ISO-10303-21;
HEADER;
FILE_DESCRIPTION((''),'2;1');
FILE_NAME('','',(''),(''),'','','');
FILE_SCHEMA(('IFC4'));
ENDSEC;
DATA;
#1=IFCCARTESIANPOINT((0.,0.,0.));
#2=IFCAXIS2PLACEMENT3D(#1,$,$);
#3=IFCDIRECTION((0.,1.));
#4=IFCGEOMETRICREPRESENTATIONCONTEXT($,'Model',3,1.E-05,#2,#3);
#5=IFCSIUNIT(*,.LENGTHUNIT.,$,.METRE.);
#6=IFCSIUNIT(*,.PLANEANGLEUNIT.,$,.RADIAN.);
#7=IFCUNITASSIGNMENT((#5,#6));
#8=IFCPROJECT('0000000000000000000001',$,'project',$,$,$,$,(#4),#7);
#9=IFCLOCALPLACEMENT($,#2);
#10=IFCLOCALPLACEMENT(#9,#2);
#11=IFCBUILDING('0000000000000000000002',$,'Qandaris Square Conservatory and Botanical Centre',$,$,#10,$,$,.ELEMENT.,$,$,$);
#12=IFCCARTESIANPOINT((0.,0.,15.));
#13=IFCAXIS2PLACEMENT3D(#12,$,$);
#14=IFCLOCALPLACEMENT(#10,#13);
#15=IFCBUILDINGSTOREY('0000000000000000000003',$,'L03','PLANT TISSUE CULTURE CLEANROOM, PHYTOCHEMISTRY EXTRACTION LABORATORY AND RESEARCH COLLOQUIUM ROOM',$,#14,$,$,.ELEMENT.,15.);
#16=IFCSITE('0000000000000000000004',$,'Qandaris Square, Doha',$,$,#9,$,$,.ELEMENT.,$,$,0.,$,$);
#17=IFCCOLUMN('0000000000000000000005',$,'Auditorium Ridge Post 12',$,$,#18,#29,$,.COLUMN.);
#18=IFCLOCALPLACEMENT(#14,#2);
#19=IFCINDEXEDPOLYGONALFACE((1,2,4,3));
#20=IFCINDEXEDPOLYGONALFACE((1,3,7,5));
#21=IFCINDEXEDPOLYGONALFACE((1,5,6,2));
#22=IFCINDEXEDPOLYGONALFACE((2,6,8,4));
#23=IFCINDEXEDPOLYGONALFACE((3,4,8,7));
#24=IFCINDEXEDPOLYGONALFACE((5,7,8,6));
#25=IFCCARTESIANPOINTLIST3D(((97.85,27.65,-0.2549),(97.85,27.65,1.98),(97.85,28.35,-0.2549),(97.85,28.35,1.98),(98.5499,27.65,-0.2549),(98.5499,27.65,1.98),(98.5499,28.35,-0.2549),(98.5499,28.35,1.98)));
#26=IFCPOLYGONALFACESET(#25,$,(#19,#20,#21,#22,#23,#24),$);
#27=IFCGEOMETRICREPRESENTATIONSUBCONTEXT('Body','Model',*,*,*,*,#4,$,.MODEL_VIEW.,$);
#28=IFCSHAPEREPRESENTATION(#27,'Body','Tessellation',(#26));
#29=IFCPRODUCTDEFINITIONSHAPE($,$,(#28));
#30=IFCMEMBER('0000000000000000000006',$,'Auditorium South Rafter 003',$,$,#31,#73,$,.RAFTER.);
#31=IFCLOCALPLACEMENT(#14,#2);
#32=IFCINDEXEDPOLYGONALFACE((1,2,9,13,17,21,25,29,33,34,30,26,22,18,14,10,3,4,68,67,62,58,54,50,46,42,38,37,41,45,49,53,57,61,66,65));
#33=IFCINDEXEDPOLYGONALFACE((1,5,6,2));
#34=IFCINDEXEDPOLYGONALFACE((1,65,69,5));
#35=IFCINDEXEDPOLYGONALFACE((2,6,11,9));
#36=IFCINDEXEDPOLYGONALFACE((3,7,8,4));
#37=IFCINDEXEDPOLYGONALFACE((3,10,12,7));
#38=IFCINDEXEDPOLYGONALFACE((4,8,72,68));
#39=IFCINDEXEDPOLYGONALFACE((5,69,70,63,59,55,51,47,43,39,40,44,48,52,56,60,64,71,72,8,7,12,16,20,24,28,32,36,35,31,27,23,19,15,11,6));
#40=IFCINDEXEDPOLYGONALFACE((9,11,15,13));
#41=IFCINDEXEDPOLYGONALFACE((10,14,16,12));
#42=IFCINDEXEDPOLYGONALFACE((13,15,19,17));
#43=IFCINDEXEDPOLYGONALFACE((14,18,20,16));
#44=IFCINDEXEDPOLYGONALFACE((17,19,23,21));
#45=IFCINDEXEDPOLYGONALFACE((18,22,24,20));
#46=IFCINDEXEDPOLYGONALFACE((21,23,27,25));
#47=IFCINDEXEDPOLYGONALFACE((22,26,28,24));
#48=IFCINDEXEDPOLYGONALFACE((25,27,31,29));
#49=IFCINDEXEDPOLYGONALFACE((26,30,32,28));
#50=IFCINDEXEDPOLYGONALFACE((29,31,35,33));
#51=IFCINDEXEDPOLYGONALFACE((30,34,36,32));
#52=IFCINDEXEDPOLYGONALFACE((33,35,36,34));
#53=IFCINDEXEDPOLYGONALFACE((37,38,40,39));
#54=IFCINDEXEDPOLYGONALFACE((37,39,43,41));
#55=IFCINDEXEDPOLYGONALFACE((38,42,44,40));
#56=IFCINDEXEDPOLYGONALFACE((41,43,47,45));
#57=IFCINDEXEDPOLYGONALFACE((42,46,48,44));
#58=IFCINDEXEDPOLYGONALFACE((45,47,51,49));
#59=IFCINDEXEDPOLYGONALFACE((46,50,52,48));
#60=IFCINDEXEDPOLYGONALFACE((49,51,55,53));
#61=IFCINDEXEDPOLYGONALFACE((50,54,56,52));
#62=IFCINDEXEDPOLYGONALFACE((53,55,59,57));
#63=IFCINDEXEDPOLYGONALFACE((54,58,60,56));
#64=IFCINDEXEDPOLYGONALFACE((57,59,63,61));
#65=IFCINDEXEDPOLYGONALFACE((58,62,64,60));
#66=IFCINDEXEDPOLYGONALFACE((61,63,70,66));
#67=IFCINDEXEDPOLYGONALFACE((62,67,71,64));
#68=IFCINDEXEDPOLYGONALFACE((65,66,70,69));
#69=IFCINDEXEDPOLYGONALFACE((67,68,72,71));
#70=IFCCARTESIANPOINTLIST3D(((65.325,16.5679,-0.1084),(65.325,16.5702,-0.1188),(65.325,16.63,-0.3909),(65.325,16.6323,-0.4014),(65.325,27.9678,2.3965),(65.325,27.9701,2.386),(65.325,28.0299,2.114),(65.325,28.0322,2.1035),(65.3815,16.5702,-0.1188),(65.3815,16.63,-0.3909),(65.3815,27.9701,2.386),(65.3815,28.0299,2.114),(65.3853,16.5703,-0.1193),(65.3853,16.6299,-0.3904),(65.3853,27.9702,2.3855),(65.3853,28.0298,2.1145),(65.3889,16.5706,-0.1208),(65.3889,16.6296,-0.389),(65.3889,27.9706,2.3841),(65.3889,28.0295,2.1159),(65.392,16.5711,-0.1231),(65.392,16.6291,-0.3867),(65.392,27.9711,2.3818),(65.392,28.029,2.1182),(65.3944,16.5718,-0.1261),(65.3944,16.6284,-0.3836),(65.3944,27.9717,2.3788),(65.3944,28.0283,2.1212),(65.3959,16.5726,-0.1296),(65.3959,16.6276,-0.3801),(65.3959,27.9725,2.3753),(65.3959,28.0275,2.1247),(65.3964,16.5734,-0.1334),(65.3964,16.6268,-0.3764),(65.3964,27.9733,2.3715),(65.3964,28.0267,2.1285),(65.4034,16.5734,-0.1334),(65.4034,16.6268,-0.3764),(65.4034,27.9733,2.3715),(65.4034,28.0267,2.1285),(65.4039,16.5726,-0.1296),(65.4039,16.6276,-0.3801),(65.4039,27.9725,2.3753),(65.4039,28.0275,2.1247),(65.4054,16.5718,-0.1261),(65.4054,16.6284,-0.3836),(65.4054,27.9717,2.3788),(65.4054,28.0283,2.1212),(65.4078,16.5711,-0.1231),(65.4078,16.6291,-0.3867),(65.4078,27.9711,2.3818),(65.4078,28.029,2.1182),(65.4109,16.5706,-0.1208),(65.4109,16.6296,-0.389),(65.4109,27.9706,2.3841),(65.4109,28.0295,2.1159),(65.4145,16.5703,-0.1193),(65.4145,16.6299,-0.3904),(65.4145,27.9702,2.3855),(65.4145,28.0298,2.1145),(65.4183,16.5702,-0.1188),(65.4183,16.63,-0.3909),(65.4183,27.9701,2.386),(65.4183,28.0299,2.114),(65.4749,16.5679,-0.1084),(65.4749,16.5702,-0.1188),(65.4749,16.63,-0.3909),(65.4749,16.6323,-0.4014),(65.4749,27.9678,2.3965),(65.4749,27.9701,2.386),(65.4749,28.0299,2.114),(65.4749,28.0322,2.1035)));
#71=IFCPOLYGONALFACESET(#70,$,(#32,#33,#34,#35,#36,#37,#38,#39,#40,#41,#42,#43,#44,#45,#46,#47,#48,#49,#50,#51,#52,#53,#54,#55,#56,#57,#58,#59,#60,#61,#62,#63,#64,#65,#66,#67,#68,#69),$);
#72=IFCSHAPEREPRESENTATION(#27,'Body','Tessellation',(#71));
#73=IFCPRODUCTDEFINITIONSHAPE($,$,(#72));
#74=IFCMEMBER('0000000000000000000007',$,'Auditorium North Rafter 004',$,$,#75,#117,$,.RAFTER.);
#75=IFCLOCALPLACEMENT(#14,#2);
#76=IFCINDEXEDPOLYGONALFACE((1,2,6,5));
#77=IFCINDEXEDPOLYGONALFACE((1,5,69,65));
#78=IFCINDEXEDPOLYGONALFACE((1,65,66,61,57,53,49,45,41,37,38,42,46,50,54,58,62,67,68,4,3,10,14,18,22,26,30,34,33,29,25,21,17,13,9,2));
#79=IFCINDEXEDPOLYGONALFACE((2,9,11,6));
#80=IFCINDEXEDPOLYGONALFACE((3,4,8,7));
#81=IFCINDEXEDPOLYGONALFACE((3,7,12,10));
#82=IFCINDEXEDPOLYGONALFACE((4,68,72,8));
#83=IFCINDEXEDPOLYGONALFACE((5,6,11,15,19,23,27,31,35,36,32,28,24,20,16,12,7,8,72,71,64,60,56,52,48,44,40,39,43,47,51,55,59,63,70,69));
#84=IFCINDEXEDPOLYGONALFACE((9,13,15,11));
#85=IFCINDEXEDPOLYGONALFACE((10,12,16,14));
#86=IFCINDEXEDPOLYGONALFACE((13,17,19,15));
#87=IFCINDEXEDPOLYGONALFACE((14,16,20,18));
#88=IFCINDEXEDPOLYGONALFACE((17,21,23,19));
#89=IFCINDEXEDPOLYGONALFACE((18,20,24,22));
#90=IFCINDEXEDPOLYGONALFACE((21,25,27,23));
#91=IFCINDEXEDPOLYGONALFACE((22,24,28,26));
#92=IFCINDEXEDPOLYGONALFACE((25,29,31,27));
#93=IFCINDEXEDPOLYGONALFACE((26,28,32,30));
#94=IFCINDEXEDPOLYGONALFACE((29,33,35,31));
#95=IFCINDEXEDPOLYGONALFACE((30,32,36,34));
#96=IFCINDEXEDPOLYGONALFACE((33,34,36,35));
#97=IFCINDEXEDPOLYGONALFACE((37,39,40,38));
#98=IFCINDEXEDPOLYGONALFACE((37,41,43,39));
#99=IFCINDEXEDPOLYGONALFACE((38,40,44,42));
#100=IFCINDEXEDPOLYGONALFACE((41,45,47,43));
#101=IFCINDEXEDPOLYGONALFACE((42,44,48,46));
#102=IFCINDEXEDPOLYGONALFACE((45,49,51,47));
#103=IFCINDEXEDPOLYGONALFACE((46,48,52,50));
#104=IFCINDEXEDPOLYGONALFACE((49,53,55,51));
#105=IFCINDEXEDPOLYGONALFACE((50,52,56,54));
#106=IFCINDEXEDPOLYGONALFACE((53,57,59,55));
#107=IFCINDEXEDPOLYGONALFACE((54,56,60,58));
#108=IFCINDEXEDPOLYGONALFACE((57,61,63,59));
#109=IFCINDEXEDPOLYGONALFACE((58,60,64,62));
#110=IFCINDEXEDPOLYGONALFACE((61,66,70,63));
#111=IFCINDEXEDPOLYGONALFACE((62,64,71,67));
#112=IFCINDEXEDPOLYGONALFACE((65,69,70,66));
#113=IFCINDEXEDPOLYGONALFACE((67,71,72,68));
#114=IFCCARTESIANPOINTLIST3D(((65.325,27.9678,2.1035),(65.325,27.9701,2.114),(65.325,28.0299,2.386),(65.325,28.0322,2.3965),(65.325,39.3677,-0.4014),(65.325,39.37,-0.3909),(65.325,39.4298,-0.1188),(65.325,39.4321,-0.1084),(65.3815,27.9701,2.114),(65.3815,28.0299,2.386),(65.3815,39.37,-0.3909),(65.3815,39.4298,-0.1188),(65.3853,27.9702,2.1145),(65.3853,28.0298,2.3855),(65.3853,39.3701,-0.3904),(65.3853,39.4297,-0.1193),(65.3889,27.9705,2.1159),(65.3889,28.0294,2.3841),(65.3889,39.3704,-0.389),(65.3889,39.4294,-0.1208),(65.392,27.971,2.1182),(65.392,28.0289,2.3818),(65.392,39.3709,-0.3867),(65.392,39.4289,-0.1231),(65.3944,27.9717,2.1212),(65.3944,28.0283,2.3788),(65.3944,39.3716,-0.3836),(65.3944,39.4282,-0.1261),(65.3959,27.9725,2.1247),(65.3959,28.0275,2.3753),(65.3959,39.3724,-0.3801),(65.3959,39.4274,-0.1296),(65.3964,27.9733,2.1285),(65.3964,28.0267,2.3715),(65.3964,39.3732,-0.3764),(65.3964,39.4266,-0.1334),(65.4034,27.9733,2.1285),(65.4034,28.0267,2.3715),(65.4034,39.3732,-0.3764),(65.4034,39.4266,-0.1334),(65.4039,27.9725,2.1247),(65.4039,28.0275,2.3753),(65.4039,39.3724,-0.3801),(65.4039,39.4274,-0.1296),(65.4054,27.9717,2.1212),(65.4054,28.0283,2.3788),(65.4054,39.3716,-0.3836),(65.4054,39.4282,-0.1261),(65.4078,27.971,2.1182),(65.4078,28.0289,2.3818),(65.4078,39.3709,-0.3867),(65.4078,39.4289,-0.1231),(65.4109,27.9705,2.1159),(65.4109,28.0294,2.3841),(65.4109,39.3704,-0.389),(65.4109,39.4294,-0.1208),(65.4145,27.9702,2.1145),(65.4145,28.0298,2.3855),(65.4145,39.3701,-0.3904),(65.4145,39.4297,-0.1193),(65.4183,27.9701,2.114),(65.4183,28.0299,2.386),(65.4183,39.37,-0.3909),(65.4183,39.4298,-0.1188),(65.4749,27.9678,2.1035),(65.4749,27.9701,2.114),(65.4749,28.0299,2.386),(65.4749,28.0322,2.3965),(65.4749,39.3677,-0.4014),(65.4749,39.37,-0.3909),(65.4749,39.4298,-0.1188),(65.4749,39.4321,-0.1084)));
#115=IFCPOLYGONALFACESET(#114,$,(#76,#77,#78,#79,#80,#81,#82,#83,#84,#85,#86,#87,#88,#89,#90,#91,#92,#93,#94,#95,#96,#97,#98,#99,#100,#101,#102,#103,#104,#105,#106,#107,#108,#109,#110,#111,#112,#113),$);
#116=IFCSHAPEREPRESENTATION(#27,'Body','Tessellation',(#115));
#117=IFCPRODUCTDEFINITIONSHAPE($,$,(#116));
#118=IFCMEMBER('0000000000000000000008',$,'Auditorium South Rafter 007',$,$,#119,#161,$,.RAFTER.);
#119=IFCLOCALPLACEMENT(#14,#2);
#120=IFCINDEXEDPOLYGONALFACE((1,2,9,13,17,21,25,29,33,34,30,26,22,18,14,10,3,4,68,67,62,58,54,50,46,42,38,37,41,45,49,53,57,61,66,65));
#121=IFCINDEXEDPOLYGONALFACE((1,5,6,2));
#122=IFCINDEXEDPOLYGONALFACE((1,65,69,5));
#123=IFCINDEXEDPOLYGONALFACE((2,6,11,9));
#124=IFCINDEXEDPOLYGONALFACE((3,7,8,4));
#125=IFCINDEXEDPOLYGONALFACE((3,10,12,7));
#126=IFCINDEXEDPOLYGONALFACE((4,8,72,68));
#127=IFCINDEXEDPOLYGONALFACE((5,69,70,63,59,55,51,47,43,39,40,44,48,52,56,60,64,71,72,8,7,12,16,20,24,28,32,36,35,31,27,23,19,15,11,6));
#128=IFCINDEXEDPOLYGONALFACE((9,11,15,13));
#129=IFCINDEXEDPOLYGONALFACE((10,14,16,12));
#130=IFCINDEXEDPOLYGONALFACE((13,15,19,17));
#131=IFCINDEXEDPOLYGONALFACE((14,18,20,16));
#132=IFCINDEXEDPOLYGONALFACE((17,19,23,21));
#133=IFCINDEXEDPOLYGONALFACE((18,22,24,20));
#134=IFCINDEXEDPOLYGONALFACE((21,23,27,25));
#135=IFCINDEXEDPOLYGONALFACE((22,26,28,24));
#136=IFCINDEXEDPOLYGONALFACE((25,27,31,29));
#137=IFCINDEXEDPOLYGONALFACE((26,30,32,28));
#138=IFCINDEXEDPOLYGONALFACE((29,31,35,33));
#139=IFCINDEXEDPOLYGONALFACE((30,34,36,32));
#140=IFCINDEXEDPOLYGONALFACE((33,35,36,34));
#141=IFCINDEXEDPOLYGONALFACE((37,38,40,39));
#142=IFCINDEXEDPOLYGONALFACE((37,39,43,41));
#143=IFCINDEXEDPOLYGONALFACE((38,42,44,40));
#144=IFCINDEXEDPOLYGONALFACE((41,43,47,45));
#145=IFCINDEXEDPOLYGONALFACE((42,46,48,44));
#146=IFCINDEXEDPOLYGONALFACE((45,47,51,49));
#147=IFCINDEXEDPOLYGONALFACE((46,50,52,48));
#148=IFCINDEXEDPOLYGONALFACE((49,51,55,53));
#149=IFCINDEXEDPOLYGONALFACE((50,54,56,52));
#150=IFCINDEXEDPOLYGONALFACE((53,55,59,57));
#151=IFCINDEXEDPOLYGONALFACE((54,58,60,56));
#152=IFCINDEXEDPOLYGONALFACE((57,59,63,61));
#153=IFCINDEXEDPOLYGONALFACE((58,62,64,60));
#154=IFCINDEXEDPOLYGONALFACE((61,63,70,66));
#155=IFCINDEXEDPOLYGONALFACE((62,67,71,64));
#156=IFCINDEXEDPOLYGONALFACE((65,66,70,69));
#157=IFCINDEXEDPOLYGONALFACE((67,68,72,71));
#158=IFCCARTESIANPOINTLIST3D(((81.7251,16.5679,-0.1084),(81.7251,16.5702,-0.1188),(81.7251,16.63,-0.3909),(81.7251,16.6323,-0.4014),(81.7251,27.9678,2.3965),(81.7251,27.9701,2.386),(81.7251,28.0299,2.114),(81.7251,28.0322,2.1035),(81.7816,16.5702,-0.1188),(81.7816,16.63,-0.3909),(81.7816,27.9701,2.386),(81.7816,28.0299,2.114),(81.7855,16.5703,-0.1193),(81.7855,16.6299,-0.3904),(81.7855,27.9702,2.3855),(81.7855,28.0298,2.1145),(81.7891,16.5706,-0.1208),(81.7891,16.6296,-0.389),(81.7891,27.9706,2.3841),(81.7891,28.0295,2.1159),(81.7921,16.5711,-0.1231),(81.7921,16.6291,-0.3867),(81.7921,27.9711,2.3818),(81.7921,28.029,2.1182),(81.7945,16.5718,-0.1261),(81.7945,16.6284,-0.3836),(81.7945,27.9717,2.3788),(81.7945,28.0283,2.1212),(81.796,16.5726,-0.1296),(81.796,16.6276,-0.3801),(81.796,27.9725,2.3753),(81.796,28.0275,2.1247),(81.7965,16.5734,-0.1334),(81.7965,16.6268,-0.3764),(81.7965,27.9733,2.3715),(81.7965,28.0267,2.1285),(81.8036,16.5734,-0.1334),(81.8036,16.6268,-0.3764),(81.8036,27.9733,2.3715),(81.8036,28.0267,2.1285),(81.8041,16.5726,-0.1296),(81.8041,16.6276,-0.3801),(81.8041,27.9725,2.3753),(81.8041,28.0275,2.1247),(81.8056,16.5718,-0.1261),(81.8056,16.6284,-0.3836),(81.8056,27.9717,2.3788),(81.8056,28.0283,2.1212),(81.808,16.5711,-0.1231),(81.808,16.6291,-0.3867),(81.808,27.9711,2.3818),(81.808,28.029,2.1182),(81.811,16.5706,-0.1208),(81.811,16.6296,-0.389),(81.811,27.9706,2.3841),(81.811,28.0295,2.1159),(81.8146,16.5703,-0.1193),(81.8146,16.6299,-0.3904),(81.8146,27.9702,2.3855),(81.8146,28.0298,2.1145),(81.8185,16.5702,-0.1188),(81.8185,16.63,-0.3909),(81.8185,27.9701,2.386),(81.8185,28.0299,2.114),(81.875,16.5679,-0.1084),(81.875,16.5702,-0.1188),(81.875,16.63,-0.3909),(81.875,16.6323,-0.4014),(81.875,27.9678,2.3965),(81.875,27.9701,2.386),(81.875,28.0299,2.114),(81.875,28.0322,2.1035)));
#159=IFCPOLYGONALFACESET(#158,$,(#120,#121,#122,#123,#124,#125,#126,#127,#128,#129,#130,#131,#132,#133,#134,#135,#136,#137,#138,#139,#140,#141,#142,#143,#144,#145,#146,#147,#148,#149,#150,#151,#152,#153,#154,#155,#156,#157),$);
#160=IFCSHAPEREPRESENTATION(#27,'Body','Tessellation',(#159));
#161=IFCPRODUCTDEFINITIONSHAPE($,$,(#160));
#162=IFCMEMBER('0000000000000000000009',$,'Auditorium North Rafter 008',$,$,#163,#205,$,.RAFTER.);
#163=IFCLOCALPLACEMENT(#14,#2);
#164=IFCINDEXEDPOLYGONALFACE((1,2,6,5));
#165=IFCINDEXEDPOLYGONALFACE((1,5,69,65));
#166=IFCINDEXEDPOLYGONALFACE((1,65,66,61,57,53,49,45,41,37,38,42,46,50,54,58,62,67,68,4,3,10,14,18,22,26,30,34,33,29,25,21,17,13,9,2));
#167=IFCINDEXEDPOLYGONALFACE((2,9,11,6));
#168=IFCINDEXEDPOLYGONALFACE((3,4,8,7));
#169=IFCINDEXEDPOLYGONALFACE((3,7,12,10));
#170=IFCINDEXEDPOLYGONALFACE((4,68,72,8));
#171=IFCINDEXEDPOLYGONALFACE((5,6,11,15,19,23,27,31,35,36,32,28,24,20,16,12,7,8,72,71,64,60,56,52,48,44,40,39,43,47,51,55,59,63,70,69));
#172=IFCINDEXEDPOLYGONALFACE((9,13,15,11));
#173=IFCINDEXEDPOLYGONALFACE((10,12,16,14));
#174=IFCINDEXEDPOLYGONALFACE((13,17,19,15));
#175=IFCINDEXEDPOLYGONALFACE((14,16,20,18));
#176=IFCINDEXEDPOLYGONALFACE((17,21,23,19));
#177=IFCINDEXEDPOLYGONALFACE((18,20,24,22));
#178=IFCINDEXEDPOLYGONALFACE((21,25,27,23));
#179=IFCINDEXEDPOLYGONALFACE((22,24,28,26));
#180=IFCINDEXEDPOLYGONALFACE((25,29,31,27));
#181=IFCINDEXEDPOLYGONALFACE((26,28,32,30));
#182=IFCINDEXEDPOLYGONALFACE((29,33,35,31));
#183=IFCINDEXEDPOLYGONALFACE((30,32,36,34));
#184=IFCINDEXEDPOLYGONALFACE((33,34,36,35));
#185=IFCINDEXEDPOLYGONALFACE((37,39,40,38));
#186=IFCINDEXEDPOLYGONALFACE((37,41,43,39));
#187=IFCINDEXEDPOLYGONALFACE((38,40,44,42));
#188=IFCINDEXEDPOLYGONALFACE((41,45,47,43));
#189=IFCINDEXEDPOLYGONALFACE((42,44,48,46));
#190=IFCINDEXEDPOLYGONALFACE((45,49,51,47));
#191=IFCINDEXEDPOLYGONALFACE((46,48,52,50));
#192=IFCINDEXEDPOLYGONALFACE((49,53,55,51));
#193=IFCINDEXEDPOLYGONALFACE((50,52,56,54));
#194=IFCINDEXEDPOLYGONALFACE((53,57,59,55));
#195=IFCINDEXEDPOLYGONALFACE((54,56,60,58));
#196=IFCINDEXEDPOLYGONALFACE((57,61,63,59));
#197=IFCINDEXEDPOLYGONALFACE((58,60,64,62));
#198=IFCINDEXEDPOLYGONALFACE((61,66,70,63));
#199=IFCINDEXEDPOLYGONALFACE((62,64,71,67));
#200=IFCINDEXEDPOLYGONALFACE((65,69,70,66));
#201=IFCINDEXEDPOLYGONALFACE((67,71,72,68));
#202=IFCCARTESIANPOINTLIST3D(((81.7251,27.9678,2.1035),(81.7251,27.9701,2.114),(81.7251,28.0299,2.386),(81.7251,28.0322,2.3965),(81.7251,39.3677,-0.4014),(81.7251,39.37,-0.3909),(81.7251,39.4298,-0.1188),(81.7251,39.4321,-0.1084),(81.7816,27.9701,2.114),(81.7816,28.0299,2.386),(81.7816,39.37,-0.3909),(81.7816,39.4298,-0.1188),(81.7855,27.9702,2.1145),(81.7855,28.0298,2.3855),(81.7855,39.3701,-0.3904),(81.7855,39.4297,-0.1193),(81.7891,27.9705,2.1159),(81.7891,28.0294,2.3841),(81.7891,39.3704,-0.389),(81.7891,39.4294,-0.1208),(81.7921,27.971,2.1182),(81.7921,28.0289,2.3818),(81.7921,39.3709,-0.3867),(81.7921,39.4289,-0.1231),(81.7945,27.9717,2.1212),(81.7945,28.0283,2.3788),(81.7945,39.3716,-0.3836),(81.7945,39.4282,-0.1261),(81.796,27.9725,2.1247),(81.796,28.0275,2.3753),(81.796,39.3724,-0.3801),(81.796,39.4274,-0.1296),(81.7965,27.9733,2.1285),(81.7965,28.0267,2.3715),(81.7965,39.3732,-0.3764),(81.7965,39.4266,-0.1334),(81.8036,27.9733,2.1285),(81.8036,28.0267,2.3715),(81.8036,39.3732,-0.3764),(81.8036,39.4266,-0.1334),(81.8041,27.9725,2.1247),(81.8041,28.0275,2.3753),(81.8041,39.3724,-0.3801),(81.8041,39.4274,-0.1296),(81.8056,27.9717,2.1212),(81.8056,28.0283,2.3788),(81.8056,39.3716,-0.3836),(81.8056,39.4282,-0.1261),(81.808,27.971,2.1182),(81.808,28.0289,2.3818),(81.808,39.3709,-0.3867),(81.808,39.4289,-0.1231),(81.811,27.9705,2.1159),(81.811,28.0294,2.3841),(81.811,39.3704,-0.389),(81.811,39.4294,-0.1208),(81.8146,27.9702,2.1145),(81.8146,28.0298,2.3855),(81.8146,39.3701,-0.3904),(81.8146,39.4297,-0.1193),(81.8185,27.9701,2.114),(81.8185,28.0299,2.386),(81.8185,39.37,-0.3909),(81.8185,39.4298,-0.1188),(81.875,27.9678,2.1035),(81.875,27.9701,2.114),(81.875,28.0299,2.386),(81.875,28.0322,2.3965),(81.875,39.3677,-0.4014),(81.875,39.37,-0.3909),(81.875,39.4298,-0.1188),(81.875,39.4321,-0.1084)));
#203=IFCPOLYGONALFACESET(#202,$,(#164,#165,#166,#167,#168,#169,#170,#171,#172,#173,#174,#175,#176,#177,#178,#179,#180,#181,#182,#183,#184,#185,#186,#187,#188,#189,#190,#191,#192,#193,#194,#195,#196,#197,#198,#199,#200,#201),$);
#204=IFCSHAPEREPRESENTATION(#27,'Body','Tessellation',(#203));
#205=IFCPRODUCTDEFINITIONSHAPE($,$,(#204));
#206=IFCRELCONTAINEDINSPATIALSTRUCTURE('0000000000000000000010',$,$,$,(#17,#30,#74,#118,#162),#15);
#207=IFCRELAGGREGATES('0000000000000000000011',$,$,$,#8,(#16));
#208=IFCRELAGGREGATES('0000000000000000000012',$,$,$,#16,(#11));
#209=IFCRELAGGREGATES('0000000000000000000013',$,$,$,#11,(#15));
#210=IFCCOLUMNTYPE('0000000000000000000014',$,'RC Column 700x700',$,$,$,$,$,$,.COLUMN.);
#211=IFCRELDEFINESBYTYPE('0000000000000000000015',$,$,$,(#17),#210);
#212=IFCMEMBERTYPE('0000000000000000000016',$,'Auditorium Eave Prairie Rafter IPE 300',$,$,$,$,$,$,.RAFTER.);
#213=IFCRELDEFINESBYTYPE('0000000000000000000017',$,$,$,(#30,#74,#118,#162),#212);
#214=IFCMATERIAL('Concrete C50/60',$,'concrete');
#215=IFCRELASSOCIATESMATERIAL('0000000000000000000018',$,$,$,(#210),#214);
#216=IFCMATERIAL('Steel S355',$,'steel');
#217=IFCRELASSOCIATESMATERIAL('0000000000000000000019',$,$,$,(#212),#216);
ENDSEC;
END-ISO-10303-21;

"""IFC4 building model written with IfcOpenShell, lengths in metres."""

from ifc_helpers import new_model, si_unit, direction, frame, origin, origin_2d, place, context, subcontext, project, spatial, rectangle, i_section, extrude, material, material_profile, profile_set, type_object, element, save


model = new_model("IFC4")

# Units and contexts
model_context = context("Model", 3, precision=1e-05, world=origin(), true_north=direction((0.0, 1.0)))
body_context = subcontext(model_context, "Body", "Model", "MODEL_VIEW")
ifc_project = project(units=[si_unit("LENGTHUNIT", "METRE"), si_unit("PLANEANGLEUNIT", "RADIAN")], contexts=[model_context])

# Site, building, storey
site_placement = place(None, origin())
site = spatial("IfcSite", under=ifc_project, at=site_placement, Name="Qandaris Square, Doha", CompositionType="ELEMENT", RefElevation=0.0)
building_placement = place(site_placement, origin())
building = spatial("IfcBuilding", under=site, at=building_placement, Name="Qandaris Square Conservatory and Botanical Centre", CompositionType="ELEMENT")
storey_placement = place(building_placement, frame((0.0, 0.0, 15.0)))
storey = spatial("IfcBuildingStorey", under=building, at=storey_placement, Name="L03", Description="PLANT TISSUE CULTURE CLEANROOM, PHYTOCHEMISTRY EXTRACTION LABORATORY AND RESEARCH COLLOQUIUM ROOM", CompositionType="ELEMENT", Elevation=15.0)

# Column
ifc_material_1 = material(Name="Concrete C50/60", Category="concrete")
ifc_material_profile_1 = material_profile(ifc_material_1, rectangle(XDim=0.7, YDim=0.7, at=origin_2d()), Name="RC-COL 700x700")
ifc_profile_set_1 = profile_set([ifc_material_profile_1], Name="Concrete C50/60")
column_type = type_object("IfcColumnType", Name="RC Column 700x700", PredefinedType="COLUMN", material=ifc_profile_set_1)
column_placement = place(storey_placement, frame((98.2, 28.0, -0.2549), z_axis=(0.0, 0.0, 1.0), x_axis=(1.0, 0.0, 0.0)))
element("IfcColumn", 1, at=column_placement, inside=storey, type_object=column_type, Name="Auditorium Ridge Post 12", PredefinedType="COLUMN", context=body_context, shape_type="SweptSolid", body=[
    extrude(rectangle(XDim=0.7, YDim=0.7, at=origin_2d()), origin(), (0.0, 0.0, 1.0), 2.2349),
])

# Members
ifc_material_2 = material(Name="Steel S355", Category="steel")
ifc_material_profile_2 = material_profile(ifc_material_2, i_section(OverallWidth=0.1499, OverallDepth=0.3, WebThickness=0.0071, FlangeThickness=0.0107, FilletRadius=0.0149, at=origin_2d()), Name="IPE 300")
ifc_profile_set_2 = profile_set([ifc_material_profile_2], Name="Steel S355")
member_type_1 = type_object("IfcMemberType", Name="Auditorium Eave Prairie Rafter IPE 300", PredefinedType="RAFTER", material=ifc_profile_set_2)
for number, where, z_axis, x_axis, name in (
    (2, (65.3999, 16.6001, -0.2549), (0.0, 0.9767, 0.214609), (-1.0, 0.0, 0.0), "Auditorium South Rafter 003"),
    (3, (65.3999, 39.3999, -0.2549), (0.0, -0.9767, 0.214609), (1.0, 0.0, 0.0), "Auditorium North Rafter 004"),
    (4, (81.8, 16.6001, -0.2549), (0.0, 0.9767, 0.214609), (-1.0, 0.0, 0.0), "Auditorium South Rafter 007"),
    (5, (81.8, 39.3999, -0.2549), (0.0, -0.9767, 0.214609), (1.0, 0.0, 0.0), "Auditorium North Rafter 008"),
):
    element("IfcMember", number, at=place(storey_placement, frame(where, z_axis=z_axis, x_axis=x_axis)), inside=storey, type_object=member_type_1, Name=name, PredefinedType="RAFTER", context=body_context, shape_type="SweptSolid", body=[
        extrude(i_section(OverallWidth=0.1499, OverallDepth=0.3, WebThickness=0.0071, FlangeThickness=0.0107, FilletRadius=0.0149, at=origin_2d()), origin(), (0.0, 0.0, 1.0), 11.6719),
    ])

save(model, "model.ifc")
